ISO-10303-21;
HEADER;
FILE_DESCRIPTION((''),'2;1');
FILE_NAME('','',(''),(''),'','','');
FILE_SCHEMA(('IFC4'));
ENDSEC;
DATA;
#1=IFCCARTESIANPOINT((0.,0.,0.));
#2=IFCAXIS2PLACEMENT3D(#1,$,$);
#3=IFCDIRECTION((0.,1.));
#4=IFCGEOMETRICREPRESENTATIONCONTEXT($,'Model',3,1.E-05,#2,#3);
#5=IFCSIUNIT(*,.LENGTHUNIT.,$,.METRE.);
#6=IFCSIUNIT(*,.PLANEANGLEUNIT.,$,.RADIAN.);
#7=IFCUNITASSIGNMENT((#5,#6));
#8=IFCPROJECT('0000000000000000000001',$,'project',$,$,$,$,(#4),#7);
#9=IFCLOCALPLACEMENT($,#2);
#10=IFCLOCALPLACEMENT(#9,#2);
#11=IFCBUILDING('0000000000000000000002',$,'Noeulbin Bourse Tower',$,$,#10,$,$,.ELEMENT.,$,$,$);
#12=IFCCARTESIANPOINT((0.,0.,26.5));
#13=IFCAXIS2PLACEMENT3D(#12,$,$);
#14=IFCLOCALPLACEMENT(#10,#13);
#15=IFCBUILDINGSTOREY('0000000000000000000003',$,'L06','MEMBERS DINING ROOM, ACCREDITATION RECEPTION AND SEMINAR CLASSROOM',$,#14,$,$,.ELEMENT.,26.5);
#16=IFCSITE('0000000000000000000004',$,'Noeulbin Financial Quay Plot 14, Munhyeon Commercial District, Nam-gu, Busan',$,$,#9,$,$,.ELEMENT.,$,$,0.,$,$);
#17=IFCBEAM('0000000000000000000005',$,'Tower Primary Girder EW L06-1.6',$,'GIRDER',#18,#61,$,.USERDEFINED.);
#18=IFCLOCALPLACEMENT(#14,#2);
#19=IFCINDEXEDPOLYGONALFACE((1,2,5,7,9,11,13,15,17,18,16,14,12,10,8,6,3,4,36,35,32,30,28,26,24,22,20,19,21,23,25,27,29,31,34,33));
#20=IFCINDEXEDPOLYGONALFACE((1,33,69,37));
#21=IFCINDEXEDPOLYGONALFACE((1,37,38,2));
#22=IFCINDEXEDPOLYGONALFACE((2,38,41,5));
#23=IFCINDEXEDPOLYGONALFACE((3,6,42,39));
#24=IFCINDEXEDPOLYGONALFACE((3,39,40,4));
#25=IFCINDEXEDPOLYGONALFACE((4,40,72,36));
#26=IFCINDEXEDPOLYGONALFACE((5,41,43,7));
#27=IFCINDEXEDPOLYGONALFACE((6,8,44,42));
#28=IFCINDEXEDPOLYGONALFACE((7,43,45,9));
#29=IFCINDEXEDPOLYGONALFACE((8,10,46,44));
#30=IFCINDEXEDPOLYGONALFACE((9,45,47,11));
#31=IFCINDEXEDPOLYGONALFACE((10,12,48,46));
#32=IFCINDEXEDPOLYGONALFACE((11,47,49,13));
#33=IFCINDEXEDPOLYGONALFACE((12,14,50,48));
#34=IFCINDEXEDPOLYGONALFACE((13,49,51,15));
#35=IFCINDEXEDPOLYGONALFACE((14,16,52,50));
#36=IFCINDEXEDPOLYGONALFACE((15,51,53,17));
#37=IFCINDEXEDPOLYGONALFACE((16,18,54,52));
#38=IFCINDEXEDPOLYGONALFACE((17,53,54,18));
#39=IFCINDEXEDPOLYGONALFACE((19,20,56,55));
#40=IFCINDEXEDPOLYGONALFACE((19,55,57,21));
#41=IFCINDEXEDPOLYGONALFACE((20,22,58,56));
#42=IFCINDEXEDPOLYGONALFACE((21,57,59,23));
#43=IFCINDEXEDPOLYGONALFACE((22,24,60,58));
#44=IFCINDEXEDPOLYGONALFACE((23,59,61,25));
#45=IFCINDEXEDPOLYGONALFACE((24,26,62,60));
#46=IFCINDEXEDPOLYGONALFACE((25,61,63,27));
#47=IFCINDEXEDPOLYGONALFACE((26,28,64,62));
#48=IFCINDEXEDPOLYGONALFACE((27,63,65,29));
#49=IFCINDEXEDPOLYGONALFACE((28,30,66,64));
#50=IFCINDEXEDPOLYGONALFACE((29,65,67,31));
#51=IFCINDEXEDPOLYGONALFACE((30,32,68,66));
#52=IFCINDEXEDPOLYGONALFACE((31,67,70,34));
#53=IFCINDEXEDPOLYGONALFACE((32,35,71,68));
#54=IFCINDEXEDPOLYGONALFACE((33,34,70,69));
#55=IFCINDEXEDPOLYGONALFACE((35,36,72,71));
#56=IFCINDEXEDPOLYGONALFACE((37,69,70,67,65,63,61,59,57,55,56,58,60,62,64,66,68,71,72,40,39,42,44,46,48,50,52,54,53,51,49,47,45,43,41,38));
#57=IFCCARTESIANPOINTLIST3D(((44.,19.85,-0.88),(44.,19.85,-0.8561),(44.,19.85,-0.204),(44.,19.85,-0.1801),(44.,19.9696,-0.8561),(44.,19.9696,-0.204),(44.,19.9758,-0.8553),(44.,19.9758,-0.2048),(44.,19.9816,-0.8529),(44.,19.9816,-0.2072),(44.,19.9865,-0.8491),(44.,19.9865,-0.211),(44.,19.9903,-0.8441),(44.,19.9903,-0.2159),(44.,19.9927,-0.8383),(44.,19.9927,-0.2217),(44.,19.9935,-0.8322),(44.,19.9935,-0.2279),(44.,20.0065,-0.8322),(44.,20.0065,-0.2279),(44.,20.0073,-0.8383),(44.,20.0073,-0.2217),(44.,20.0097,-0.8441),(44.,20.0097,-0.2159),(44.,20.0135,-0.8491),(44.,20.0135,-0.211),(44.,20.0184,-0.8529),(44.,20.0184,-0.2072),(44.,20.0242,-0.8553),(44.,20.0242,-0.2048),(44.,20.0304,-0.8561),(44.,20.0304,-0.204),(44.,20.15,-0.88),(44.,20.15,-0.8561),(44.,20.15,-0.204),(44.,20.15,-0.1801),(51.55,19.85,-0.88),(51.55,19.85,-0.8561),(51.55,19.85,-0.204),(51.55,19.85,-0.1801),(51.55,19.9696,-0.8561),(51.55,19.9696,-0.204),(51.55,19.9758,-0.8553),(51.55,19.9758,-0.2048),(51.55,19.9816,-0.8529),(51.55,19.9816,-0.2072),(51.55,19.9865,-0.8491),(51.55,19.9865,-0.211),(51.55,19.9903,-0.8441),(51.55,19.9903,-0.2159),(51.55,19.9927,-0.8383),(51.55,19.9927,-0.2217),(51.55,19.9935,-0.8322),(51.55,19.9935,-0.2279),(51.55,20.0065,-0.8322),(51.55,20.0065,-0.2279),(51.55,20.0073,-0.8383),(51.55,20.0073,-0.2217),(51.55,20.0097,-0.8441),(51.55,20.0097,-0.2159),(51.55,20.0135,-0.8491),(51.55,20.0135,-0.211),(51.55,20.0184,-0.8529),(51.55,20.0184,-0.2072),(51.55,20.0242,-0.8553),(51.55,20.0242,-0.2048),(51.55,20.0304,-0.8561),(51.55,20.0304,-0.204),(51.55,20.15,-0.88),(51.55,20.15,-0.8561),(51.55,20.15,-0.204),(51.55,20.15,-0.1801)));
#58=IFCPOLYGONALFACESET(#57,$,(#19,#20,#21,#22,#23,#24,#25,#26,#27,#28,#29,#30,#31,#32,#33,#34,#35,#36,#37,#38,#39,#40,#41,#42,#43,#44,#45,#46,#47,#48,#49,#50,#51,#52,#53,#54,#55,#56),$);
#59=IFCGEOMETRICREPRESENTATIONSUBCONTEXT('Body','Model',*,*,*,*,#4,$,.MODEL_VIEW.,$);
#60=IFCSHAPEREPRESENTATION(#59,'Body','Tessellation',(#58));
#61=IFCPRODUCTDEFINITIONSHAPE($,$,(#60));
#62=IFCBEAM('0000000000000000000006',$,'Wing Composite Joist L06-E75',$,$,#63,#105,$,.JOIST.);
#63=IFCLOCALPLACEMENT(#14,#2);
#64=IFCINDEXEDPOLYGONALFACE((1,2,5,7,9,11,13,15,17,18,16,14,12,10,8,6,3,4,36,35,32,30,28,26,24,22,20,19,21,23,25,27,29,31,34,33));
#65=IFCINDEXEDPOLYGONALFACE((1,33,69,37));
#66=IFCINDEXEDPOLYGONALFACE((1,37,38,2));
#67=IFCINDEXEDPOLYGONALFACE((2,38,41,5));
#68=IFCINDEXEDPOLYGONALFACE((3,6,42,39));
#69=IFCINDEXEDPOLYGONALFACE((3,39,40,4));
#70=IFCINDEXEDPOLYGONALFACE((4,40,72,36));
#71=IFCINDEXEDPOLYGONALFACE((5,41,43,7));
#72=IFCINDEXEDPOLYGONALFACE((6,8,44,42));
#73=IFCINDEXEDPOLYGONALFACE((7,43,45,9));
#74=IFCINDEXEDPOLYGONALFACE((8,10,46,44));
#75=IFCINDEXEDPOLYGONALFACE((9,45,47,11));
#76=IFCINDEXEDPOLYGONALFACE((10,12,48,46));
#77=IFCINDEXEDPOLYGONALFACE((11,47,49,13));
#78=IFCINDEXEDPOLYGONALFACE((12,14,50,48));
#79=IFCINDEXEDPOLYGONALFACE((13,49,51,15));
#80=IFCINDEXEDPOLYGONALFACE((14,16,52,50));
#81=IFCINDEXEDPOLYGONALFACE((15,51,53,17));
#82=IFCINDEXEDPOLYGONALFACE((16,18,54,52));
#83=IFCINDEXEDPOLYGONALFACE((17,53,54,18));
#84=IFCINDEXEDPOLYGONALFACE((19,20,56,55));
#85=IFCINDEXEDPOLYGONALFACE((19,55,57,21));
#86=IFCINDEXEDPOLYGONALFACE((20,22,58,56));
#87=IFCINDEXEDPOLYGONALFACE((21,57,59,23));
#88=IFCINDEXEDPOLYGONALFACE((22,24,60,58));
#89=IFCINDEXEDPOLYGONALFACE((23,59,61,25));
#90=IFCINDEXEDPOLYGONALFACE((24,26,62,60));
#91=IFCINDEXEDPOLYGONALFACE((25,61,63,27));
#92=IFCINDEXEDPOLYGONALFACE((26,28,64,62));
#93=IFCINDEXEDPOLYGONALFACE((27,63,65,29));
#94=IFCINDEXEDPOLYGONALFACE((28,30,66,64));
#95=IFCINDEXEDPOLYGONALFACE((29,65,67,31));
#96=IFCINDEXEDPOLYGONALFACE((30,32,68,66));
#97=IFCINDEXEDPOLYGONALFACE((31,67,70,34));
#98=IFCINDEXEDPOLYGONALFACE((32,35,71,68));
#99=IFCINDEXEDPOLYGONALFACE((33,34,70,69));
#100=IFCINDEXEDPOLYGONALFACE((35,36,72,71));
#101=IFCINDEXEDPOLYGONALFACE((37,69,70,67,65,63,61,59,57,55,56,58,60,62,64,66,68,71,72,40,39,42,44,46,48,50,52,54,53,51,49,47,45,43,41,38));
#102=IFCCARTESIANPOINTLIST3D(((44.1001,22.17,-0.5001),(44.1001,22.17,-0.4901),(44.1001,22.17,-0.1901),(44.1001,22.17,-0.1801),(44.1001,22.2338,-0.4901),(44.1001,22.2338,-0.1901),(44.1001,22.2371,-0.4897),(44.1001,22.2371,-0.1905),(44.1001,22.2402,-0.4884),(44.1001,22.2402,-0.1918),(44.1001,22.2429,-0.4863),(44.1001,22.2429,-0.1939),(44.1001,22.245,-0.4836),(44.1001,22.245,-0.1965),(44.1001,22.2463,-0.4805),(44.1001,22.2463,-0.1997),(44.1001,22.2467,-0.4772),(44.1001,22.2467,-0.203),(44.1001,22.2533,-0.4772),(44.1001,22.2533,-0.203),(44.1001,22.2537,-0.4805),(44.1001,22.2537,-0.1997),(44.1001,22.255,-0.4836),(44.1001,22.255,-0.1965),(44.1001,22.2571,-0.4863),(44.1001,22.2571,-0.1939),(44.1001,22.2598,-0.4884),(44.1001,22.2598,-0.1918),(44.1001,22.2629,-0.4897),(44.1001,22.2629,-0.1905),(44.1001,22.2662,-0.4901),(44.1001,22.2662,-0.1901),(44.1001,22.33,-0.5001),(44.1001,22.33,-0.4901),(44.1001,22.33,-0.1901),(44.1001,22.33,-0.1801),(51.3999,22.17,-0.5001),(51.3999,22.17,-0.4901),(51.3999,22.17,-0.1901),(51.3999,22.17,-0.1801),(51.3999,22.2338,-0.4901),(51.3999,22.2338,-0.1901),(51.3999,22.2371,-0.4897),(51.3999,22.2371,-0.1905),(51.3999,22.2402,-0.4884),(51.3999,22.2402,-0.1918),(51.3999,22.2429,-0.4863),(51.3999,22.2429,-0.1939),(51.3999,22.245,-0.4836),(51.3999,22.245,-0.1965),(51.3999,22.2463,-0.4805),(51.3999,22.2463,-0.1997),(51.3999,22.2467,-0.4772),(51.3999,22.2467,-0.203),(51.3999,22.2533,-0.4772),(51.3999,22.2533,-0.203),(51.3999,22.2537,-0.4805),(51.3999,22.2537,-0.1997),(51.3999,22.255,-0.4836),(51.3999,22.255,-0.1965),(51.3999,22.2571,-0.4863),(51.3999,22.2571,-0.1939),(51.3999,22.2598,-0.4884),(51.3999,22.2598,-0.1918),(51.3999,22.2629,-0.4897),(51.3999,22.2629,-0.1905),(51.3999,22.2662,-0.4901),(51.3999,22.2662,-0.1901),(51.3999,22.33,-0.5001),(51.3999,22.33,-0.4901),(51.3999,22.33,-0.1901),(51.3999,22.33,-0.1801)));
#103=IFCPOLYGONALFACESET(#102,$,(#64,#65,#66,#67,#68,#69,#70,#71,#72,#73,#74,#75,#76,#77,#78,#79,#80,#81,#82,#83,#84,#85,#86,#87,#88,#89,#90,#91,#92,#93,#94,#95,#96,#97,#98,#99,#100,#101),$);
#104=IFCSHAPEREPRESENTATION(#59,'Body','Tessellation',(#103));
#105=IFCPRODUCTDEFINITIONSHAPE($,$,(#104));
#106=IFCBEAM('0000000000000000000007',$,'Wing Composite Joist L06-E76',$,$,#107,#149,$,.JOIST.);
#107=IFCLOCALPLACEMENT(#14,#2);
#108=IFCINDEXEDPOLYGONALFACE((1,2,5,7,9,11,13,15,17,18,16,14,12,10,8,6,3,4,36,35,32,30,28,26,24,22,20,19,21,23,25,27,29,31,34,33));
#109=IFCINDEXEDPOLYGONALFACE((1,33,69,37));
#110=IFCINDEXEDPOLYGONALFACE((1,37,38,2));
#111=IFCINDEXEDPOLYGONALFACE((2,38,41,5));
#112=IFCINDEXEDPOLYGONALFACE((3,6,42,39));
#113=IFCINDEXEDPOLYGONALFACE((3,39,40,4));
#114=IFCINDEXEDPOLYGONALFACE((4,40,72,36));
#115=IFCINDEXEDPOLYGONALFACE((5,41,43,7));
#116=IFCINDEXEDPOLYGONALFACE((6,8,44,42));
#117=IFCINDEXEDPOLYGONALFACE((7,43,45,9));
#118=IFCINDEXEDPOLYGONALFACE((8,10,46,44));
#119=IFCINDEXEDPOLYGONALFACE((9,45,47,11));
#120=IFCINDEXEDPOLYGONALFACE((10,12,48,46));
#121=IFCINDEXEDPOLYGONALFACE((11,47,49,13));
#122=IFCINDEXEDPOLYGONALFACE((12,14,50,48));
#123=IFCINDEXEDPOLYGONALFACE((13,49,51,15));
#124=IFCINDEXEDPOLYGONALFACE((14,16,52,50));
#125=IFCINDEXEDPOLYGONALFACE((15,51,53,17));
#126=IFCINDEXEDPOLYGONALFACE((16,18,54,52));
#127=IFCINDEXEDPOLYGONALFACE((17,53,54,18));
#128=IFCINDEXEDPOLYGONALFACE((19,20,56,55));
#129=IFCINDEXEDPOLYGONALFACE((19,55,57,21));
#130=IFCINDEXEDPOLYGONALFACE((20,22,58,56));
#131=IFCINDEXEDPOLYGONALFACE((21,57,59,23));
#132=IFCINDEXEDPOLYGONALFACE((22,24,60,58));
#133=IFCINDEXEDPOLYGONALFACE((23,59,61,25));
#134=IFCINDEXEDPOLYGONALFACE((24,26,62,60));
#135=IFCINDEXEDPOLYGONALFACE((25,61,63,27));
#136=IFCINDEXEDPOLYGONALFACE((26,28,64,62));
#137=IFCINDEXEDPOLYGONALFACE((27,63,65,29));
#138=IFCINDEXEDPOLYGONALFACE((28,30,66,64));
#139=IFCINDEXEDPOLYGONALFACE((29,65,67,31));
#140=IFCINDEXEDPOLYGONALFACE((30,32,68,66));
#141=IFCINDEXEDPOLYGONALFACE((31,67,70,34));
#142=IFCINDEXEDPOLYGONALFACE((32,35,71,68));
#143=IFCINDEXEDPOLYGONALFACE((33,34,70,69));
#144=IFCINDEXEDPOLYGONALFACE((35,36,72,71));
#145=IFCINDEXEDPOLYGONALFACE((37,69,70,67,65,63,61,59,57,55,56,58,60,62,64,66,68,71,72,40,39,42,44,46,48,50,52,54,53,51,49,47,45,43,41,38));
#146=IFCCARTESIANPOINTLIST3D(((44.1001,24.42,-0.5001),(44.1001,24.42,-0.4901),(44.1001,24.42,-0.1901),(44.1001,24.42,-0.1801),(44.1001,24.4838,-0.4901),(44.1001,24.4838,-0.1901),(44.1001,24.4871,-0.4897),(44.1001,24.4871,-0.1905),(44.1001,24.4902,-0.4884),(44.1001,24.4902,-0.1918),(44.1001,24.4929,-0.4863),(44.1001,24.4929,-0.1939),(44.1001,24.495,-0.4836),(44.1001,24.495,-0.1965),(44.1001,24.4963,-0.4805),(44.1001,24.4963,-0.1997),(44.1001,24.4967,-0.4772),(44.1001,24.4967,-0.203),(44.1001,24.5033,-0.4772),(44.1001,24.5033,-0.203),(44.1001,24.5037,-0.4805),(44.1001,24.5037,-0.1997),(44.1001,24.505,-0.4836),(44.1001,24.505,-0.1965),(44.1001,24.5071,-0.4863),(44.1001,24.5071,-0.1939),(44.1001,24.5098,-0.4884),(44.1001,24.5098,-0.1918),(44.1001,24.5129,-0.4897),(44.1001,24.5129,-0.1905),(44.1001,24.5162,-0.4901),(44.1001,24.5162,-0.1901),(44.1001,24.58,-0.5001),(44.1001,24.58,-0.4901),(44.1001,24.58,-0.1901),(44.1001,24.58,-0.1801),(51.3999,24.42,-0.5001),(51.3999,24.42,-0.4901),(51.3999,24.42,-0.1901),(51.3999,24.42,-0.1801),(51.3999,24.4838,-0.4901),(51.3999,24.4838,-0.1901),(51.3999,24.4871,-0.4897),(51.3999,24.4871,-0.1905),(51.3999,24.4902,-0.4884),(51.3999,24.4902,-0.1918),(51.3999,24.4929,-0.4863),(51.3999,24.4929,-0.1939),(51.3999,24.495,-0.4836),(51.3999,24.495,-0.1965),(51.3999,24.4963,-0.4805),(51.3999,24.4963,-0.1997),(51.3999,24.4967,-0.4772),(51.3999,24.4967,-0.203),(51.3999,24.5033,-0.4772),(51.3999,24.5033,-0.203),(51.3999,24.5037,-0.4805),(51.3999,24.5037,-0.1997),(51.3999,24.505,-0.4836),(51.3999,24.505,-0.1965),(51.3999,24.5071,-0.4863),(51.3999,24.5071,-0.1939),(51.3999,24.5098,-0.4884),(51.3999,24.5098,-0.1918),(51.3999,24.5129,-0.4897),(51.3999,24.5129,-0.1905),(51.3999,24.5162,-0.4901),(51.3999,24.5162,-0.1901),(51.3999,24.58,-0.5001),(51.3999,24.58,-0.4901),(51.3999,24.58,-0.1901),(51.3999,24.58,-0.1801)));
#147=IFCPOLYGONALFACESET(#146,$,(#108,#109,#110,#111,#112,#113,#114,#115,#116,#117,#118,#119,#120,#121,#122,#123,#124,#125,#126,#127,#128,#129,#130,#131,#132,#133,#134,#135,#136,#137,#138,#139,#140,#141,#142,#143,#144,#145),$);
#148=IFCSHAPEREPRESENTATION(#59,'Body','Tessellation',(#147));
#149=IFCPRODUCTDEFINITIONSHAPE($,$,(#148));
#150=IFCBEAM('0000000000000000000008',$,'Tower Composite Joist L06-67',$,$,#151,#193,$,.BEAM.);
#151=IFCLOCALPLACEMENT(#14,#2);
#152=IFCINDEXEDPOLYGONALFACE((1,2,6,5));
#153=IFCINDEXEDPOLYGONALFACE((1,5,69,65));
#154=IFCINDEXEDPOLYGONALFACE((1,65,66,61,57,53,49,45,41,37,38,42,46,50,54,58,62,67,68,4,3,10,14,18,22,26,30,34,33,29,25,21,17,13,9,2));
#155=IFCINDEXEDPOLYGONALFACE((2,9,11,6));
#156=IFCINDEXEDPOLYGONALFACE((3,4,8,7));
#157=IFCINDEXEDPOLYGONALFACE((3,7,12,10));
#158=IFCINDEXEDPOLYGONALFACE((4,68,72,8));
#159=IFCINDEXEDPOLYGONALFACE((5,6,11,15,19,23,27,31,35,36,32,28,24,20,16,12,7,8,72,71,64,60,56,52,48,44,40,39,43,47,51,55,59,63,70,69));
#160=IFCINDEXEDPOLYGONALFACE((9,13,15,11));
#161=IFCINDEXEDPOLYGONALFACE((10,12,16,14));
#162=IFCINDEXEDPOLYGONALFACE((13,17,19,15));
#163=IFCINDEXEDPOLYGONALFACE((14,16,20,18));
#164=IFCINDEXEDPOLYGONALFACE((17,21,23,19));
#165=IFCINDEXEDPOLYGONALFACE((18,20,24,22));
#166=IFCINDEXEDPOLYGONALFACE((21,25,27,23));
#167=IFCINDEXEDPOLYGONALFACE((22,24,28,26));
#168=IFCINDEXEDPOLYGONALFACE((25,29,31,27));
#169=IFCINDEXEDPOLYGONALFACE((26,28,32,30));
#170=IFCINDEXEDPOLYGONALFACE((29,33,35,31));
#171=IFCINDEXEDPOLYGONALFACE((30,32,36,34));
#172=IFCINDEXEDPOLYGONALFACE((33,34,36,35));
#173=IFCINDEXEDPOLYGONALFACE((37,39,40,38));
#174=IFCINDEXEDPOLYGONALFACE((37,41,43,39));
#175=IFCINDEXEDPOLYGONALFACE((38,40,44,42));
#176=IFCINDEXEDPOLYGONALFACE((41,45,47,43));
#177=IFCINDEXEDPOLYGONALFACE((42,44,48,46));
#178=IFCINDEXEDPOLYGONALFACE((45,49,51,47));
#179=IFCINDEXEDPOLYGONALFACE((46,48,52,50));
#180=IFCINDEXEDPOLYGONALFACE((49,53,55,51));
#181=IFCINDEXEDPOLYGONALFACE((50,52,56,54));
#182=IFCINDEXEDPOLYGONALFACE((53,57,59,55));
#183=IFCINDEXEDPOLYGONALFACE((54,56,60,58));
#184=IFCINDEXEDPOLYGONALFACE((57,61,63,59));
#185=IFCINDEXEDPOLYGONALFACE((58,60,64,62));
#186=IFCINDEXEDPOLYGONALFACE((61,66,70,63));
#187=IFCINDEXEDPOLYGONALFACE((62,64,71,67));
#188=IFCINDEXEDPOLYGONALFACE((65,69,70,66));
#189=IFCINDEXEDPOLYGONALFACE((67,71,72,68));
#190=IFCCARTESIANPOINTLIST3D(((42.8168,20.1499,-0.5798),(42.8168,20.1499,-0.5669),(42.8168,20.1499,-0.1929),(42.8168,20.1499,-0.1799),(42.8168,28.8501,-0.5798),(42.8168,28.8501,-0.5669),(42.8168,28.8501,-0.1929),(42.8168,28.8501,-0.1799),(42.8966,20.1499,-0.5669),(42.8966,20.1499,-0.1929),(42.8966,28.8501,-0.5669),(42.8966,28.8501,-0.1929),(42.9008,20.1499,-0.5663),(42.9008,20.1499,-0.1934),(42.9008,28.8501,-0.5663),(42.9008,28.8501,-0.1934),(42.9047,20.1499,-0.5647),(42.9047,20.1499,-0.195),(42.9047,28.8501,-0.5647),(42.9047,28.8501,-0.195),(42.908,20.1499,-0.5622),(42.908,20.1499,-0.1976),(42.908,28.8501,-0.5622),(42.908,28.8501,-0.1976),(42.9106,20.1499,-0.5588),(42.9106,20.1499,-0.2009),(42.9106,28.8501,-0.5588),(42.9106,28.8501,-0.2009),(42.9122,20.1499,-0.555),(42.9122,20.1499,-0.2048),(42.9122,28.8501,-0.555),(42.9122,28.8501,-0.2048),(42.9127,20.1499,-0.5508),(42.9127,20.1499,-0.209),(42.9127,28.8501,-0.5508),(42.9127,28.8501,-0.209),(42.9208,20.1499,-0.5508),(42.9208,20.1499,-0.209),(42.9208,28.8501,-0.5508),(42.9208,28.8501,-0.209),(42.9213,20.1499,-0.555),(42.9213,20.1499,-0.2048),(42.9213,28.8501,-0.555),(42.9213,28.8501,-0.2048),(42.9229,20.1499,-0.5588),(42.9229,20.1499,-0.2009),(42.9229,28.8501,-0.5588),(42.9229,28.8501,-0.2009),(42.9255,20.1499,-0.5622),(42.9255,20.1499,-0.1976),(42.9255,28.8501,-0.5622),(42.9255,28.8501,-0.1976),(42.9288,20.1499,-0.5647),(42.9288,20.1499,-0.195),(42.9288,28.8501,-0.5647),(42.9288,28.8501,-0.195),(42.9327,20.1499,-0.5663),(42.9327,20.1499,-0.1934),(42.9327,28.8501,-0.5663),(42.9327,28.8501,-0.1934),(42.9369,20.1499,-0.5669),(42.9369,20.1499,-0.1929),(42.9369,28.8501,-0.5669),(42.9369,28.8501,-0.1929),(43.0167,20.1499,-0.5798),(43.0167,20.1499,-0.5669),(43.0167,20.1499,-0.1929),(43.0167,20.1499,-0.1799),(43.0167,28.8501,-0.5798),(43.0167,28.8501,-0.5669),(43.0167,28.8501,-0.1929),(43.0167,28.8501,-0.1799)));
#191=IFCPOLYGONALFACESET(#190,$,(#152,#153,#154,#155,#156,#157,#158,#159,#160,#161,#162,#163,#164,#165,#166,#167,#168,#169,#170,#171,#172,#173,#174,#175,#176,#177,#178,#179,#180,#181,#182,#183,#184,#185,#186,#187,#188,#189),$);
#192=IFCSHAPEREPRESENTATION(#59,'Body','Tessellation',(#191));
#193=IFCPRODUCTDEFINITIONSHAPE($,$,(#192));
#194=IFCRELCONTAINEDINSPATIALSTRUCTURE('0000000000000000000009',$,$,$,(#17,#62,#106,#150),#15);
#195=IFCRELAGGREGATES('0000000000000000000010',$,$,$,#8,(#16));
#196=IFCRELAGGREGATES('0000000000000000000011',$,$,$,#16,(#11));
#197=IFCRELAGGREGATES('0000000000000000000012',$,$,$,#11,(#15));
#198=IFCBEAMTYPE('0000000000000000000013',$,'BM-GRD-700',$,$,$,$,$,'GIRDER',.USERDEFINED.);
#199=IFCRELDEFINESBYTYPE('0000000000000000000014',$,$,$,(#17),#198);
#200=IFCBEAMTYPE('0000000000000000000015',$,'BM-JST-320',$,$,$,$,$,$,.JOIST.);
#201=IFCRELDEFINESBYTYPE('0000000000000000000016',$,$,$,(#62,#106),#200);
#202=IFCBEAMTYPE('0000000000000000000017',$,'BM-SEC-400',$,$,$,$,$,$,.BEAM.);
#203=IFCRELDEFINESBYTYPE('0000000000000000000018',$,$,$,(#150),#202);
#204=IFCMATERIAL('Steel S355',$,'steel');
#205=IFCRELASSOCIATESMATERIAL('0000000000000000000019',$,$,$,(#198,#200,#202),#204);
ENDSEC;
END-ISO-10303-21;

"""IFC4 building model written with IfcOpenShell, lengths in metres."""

from ifc_helpers import new_model, si_unit, direction, frame, origin, origin_2d, place, context, subcontext, project, spatial, i_section, extrude, material, material_profile, profile_set, type_object, element, save


model = new_model("IFC4")

# Units and contexts
model_context = context("Model", 3, precision=1e-05, world=origin(), true_north=direction((0.0, 1.0)))
body_context = subcontext(model_context, "Body", "Model", "MODEL_VIEW")
ifc_project = project(units=[si_unit("LENGTHUNIT", "METRE"), si_unit("PLANEANGLEUNIT", "RADIAN")], contexts=[model_context])

# Site, building, storey
site_placement = place(None, origin())
site = spatial("IfcSite", under=ifc_project, at=site_placement, Name="Noeulbin Financial Quay Plot 14, Munhyeon Commercial District, Nam-gu, Busan", CompositionType="ELEMENT", RefElevation=0.0)
building_placement = place(site_placement, origin())
building = spatial("IfcBuilding", under=site, at=building_placement, Name="Noeulbin Bourse Tower", CompositionType="ELEMENT")
storey_placement = place(building_placement, frame((0.0, 0.0, 26.5)))
storey = spatial("IfcBuildingStorey", under=building, at=storey_placement, Name="L06", Description="MEMBERS DINING ROOM, ACCREDITATION RECEPTION AND SEMINAR CLASSROOM", CompositionType="ELEMENT", Elevation=26.5)

# Beams
ifc_material_1 = material(Name="Steel S355", Category="steel")
ifc_material_profile_1 = material_profile(ifc_material_1, i_section(OverallWidth=0.3, OverallDepth=0.7, WebThickness=0.0129, FlangeThickness=0.0239, FilletRadius=0.0239, at=origin_2d()), Name="H-700x300x13x24", Category="LoadBearing")
ifc_profile_set_1 = profile_set([ifc_material_profile_1], Name="Steel S355")
beam_type_1 = type_object("IfcBeamType", Name="BM-GRD-700", ElementType="GIRDER", PredefinedType="USERDEFINED", material=ifc_profile_set_1)
beam_1_placement = place(storey_placement, frame((44.0, 20.0, -0.53), z_axis=(1.0, 0.0, 0.0), x_axis=(0.0, 1.0, 0.0)))
element("IfcBeam", 1, at=beam_1_placement, inside=storey, type_object=beam_type_1, Name="Tower Primary Girder EW L06-1.6", ObjectType="GIRDER", PredefinedType="USERDEFINED", context=body_context, shape_type="SweptSolid", body=[
    extrude(i_section(OverallWidth=0.3, OverallDepth=0.7, WebThickness=0.0129, FlangeThickness=0.0239, FilletRadius=0.0239, at=origin_2d()), origin(), (0.0, 0.0, 1.0), 7.55),
])
ifc_material_profile_2 = material_profile(ifc_material_1, i_section(OverallWidth=0.1599, OverallDepth=0.3201, WebThickness=0.0066, FlangeThickness=0.01, FilletRadius=0.0129, at=origin_2d()), Name="H-320x160x6.5x10", Category="LoadBearing")
ifc_profile_set_2 = profile_set([ifc_material_profile_2], Name="Steel S355")
beam_type_2 = type_object("IfcBeamType", Name="BM-JST-320", PredefinedType="JOIST", material=ifc_profile_set_2)
for number, where, z_axis, x_axis, name in (
    (2, (44.1001, 22.25, -0.3401), (1.0, 0.0, 0.0), (0.0, 1.0, 0.0), "Wing Composite Joist L06-E75"),
    (3, (44.1001, 24.5, -0.3401), (1.0, 0.0, 0.0), (0.0, 1.0, 0.0), "Wing Composite Joist L06-E76"),
):
    element("IfcBeam", number, at=place(storey_placement, frame(where, z_axis=z_axis, x_axis=x_axis)), inside=storey, type_object=beam_type_2, Name=name, PredefinedType="JOIST", context=body_context, shape_type="SweptSolid", body=[
        extrude(i_section(OverallWidth=0.1599, OverallDepth=0.3201, WebThickness=0.0066, FlangeThickness=0.01, FilletRadius=0.0129, at=origin_2d()), origin(), (0.0, 0.0, 1.0), 7.2998),
    ])
ifc_material_profile_3 = material_profile(ifc_material_1, i_section(OverallWidth=0.2, OverallDepth=0.3999, WebThickness=0.0081, FlangeThickness=0.0129, FilletRadius=0.0161, at=origin_2d()), Name="H-400x200x8x13", Category="LoadBearing")
ifc_profile_set_3 = profile_set([ifc_material_profile_3], Name="Steel S355")
beam_type_3 = type_object("IfcBeamType", Name="BM-SEC-400", PredefinedType="BEAM", material=ifc_profile_set_3)
beam_2_placement = place(storey_placement, frame((42.9167, 20.1499, -0.3799), z_axis=(0.0, 1.0, 0.0), x_axis=(-1.0, 0.0, 0.0)))
element("IfcBeam", 4, at=beam_2_placement, inside=storey, type_object=beam_type_3, Name="Tower Composite Joist L06-67", PredefinedType="BEAM", context=body_context, shape_type="SweptSolid", body=[
    extrude(i_section(OverallWidth=0.2, OverallDepth=0.3999, WebThickness=0.0081, FlangeThickness=0.0129, FilletRadius=0.0161, at=origin_2d()), origin(), (0.0, 0.0, 1.0), 8.7002),
])

save(model, "model.ifc")
